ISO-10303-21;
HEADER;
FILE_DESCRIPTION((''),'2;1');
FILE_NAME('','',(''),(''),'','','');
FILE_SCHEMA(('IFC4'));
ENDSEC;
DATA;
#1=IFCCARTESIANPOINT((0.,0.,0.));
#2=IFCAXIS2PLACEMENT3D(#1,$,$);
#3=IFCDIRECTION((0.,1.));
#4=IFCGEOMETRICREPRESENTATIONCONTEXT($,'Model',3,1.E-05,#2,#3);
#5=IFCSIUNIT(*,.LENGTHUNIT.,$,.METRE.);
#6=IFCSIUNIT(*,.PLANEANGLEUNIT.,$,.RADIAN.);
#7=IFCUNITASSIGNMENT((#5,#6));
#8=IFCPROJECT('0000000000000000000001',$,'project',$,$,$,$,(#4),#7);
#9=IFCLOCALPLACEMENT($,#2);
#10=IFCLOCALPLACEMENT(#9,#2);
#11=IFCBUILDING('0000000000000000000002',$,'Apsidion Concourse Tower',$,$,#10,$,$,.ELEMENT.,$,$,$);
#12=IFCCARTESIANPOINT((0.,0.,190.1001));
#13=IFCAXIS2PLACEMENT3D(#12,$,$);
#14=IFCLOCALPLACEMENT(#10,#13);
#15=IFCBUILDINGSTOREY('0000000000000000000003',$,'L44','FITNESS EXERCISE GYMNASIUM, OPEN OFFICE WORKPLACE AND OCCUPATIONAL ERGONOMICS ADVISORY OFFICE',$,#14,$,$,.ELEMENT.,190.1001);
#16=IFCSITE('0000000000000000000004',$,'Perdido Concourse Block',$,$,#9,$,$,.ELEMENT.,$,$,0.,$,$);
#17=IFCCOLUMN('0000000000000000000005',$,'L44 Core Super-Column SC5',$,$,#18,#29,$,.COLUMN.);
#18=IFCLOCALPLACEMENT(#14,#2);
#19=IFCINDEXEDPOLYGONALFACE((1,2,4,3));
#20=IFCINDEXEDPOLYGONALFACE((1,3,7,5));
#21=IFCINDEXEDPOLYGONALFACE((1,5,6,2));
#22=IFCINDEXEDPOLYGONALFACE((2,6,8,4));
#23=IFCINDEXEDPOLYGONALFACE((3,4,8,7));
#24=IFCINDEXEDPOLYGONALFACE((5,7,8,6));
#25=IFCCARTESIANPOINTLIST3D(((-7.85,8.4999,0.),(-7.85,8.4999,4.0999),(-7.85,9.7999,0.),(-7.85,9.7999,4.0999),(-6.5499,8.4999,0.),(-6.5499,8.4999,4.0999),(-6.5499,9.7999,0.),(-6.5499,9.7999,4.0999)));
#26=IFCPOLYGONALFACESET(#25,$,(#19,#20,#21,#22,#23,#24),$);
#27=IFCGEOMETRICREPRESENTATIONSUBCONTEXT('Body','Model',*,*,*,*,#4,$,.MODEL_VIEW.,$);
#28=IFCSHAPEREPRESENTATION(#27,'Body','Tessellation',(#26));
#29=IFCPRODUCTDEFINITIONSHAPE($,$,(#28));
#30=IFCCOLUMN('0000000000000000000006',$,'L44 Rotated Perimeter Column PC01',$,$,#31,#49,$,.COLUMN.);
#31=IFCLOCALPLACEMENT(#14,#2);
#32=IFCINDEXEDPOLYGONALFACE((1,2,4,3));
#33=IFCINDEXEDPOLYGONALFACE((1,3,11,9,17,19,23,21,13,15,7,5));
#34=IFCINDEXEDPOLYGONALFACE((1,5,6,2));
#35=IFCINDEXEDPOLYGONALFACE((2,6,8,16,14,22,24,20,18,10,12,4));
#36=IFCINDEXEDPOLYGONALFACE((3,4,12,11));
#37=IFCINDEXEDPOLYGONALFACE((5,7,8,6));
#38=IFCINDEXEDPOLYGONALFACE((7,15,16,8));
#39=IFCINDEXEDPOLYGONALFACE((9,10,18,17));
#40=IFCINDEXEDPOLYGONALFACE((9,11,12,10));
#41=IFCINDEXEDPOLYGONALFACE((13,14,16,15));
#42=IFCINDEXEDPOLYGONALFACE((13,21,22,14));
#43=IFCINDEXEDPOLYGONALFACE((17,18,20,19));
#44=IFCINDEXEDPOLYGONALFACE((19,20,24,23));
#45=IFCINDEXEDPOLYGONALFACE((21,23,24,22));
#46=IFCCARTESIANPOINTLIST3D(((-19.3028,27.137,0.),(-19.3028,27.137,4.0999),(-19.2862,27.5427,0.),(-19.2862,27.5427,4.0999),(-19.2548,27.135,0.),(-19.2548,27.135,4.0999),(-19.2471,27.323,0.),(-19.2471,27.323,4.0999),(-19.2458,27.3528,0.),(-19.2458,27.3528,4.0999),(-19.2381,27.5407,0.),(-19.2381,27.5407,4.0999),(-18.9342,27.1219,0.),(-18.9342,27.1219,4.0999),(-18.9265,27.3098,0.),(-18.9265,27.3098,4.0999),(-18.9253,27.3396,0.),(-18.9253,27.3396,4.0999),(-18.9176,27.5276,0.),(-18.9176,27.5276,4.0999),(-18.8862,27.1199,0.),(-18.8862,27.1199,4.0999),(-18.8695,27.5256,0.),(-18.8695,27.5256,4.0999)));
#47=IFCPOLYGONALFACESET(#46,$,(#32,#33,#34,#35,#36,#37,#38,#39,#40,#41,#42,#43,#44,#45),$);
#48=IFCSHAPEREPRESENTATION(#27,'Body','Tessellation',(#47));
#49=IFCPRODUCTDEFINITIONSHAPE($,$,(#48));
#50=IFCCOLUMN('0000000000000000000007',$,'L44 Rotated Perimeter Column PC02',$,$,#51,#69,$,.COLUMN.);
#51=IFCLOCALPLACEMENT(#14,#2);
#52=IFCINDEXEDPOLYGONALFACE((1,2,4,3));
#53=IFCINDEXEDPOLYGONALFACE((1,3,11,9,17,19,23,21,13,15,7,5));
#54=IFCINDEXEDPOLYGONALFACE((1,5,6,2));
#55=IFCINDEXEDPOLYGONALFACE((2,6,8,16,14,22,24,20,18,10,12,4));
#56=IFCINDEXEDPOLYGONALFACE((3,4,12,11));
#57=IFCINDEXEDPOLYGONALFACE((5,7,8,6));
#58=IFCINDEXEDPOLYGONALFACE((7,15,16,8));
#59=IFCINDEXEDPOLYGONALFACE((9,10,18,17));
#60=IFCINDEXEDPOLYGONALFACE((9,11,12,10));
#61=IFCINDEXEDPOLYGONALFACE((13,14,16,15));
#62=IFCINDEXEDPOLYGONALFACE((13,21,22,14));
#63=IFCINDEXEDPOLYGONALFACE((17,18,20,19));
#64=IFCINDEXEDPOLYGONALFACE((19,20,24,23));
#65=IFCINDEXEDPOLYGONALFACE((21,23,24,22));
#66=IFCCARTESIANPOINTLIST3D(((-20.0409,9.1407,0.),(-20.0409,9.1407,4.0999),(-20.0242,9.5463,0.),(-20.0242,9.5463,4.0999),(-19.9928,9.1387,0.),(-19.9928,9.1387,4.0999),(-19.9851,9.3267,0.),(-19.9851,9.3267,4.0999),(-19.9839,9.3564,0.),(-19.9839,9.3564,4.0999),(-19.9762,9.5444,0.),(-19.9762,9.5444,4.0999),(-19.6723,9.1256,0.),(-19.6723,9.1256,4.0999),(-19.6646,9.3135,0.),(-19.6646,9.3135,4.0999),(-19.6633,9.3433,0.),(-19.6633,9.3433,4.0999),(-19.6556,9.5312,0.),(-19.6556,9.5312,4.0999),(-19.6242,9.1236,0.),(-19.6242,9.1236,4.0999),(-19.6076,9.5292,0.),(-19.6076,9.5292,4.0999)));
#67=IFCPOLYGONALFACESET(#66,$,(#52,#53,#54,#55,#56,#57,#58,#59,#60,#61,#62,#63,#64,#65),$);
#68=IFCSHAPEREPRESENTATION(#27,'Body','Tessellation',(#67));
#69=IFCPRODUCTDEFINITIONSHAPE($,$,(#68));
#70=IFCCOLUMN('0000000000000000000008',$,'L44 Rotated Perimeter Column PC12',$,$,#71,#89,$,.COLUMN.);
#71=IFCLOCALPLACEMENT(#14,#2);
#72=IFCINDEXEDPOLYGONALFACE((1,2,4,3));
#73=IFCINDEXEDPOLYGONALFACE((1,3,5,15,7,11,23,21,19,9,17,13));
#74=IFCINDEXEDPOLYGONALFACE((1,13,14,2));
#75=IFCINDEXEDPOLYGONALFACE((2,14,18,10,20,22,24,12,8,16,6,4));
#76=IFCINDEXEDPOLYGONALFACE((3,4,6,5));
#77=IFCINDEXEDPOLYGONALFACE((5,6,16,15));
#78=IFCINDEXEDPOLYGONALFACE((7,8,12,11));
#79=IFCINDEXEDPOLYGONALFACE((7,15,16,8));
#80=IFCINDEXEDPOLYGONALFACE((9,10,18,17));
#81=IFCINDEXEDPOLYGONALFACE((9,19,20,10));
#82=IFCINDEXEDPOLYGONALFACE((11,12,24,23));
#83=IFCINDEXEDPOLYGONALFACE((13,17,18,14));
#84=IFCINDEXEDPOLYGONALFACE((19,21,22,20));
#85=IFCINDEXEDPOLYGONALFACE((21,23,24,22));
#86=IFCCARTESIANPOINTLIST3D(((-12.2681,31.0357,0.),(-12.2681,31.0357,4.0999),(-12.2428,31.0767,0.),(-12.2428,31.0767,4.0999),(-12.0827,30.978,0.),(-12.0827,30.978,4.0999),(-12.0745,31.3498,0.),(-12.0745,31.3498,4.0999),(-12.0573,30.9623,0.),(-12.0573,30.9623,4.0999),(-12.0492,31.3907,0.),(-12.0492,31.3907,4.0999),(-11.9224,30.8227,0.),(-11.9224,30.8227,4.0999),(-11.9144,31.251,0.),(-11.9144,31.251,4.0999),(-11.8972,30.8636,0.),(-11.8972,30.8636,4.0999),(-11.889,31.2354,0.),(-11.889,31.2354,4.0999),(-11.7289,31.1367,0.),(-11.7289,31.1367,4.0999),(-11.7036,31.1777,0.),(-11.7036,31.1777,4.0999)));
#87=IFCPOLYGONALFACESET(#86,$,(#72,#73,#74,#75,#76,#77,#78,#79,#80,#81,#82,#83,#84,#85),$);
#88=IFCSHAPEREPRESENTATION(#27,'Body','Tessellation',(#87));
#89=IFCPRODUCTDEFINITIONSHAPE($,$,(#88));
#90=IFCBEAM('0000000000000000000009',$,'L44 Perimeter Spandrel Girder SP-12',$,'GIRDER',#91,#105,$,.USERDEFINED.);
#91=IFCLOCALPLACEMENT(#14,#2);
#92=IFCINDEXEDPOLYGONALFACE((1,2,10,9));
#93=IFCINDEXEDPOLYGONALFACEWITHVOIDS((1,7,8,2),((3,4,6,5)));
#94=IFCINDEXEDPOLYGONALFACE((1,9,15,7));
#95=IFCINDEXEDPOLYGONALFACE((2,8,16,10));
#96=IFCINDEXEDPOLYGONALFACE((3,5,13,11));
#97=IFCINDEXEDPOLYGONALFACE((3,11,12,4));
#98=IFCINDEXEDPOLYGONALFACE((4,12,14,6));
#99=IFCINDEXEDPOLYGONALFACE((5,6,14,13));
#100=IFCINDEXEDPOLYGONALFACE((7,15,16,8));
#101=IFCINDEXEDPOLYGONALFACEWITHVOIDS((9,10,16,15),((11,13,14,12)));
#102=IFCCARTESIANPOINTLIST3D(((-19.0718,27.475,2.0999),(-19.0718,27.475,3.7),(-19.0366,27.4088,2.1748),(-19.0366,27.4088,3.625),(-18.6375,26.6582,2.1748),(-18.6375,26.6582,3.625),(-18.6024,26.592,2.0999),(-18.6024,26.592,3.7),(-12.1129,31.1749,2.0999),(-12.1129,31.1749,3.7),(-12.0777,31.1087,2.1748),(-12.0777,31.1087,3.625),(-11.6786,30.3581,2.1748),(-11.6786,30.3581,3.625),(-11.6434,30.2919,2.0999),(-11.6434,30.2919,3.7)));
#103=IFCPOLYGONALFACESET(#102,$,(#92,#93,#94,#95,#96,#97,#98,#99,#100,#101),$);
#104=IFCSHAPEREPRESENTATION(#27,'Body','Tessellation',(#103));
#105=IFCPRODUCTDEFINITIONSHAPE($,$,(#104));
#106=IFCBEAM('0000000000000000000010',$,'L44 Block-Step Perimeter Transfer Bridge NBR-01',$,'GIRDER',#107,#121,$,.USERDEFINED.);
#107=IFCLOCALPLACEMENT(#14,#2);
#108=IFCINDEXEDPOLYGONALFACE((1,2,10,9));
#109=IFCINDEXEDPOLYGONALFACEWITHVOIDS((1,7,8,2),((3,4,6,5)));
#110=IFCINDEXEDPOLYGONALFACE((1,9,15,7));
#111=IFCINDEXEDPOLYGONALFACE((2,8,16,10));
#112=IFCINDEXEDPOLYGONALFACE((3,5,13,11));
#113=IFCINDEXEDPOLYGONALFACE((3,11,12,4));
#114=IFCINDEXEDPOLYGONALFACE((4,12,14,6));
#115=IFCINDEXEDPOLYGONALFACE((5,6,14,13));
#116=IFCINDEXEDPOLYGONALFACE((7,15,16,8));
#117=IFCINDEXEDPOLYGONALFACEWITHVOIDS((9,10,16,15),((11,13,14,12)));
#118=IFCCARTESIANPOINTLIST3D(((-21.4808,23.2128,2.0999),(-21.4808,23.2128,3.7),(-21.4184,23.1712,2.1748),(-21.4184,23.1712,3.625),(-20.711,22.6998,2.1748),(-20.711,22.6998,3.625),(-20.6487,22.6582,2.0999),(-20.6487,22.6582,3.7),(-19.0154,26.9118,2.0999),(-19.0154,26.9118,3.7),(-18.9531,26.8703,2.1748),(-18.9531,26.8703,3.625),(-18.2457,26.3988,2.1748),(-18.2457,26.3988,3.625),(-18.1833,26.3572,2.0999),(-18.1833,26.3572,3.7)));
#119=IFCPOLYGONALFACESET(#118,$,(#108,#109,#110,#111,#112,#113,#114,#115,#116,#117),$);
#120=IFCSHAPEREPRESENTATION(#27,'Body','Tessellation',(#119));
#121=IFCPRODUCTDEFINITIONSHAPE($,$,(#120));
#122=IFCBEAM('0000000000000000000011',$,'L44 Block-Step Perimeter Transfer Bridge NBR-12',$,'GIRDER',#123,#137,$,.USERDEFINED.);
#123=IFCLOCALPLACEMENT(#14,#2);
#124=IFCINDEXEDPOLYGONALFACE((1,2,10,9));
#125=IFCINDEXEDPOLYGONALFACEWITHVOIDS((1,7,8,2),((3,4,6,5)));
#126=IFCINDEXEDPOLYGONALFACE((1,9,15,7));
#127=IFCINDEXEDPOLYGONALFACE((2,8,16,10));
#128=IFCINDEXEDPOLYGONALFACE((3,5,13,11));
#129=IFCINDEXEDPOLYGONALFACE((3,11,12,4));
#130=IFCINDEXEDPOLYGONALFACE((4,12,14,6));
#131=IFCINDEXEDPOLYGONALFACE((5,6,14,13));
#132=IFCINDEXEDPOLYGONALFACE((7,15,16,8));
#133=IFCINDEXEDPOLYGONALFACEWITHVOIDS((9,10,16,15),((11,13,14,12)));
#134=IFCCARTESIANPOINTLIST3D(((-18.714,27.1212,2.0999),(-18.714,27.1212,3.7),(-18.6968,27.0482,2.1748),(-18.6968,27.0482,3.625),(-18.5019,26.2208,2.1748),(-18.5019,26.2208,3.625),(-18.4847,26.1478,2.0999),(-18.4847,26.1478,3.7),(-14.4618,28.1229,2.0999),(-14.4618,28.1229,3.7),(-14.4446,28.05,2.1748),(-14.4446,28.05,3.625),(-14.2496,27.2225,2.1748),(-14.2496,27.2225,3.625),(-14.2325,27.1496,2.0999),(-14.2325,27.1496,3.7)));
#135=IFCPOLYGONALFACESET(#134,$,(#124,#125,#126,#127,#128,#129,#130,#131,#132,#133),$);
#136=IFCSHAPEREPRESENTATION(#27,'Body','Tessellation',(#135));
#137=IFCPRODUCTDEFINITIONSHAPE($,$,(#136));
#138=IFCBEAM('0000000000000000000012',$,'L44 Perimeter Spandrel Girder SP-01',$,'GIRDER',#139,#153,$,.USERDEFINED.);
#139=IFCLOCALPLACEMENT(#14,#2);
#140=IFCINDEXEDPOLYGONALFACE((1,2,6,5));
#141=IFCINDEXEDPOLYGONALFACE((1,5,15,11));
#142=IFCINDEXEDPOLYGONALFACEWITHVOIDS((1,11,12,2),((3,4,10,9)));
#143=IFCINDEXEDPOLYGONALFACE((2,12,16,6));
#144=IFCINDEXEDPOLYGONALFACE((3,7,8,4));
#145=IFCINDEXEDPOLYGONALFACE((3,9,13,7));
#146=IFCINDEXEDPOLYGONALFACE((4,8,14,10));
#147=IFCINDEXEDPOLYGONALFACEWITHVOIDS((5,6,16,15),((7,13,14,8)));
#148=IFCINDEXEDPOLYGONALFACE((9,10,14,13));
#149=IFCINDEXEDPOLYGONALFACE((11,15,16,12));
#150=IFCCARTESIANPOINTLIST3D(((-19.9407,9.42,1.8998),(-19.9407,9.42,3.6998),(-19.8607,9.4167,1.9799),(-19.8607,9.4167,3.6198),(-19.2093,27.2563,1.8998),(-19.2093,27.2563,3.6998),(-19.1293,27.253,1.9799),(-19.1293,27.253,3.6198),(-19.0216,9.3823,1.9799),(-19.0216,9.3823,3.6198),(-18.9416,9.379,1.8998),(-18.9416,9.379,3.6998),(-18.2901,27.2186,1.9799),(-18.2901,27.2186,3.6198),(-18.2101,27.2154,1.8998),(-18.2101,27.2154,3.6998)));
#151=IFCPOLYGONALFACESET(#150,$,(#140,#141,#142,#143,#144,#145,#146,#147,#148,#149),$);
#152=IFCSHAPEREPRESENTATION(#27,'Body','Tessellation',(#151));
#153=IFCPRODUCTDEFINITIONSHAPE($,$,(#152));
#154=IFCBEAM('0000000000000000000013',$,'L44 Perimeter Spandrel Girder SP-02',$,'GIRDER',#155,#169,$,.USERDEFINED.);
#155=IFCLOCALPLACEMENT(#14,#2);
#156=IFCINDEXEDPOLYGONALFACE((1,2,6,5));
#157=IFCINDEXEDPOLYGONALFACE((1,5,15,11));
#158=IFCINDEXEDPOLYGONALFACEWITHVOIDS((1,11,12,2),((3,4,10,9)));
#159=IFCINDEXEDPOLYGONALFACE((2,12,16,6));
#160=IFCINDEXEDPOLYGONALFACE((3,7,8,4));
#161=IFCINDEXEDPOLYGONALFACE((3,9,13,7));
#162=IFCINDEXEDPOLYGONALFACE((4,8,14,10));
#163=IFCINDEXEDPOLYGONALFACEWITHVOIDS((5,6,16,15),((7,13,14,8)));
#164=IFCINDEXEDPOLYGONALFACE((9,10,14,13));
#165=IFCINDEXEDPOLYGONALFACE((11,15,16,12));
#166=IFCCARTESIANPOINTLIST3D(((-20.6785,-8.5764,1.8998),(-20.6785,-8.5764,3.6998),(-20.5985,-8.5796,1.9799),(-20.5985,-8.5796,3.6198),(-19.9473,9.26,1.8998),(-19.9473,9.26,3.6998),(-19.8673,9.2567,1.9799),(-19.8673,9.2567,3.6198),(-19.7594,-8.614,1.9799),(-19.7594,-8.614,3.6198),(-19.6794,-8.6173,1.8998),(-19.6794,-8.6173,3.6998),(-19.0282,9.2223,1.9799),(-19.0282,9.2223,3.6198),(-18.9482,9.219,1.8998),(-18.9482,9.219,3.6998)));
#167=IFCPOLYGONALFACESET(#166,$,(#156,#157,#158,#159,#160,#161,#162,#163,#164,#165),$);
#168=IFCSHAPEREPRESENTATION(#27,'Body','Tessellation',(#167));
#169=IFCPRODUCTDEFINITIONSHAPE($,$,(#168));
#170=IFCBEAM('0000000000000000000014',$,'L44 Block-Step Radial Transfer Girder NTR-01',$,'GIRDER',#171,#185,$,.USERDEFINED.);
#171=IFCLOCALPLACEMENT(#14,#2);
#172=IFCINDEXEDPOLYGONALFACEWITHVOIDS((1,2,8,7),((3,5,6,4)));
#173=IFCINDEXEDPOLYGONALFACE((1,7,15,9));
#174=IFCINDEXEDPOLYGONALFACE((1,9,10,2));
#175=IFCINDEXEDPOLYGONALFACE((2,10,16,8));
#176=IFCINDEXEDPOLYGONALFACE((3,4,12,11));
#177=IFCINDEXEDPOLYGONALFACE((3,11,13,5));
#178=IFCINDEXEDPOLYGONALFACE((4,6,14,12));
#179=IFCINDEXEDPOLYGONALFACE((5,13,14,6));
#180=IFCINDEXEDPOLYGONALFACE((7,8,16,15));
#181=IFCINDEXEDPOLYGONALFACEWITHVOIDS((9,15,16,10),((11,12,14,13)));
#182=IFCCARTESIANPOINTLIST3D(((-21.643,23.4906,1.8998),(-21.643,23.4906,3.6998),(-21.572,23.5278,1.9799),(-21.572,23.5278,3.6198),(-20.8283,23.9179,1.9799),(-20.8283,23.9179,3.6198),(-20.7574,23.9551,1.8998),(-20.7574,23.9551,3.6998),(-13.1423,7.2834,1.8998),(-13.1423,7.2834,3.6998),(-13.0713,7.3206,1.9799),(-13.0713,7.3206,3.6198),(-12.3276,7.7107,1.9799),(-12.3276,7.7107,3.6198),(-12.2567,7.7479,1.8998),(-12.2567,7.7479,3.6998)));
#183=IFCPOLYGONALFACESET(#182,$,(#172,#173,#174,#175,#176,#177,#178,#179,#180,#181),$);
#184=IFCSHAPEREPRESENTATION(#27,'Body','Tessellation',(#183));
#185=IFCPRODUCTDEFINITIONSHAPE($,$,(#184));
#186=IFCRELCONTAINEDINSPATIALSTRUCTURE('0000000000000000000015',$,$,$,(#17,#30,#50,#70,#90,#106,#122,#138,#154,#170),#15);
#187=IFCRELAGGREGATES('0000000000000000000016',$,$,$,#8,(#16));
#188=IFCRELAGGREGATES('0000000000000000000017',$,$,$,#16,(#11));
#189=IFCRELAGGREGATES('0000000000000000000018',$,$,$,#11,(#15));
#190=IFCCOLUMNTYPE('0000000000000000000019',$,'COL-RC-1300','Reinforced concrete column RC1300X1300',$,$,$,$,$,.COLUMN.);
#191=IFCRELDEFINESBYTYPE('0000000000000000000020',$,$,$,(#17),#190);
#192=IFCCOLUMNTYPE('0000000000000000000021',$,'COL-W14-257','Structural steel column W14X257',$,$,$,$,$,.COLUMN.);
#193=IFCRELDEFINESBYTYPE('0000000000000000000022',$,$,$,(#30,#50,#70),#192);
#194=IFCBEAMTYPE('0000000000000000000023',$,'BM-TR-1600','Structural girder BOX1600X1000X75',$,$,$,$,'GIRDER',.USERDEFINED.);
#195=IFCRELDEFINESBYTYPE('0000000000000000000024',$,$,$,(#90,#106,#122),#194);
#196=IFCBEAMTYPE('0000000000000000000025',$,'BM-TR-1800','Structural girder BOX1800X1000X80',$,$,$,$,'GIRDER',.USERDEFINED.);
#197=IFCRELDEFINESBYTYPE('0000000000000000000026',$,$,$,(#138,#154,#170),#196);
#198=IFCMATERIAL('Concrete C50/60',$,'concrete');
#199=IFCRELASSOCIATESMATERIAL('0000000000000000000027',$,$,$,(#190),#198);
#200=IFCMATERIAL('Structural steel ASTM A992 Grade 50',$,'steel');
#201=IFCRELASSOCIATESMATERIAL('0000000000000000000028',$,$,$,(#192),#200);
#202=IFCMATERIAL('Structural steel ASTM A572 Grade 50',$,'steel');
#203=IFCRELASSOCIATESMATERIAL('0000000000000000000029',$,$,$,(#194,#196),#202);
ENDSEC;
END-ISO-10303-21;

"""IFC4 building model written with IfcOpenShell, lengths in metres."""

from ifc_helpers import new_model, si_unit, direction, frame, origin, origin_2d, place, context, subcontext, project, spatial, rectangle, hollow_rectangle, i_section, extrude, material, material_profile, profile_set, type_object, element, save


model = new_model("IFC4")

# Units and contexts
model_context = context("Model", 3, precision=1e-05, world=origin(), true_north=direction((0.0, 1.0)))
body_context = subcontext(model_context, "Body", "Model", "MODEL_VIEW")
ifc_project = project(units=[si_unit("LENGTHUNIT", "METRE"), si_unit("PLANEANGLEUNIT", "RADIAN")], contexts=[model_context])

# Site, building, storey
site_placement = place(None, origin())
site = spatial("IfcSite", under=ifc_project, at=site_placement, Name="Perdido Concourse Block", CompositionType="ELEMENT", RefElevation=0.0)
building_placement = place(site_placement, origin())
building = spatial("IfcBuilding", under=site, at=building_placement, Name="Apsidion Concourse Tower", CompositionType="ELEMENT")
storey_placement = place(building_placement, frame((0.0, 0.0, 190.1001)))
storey = spatial("IfcBuildingStorey", under=building, at=storey_placement, Name="L44", Description="FITNESS EXERCISE GYMNASIUM, OPEN OFFICE WORKPLACE AND OCCUPATIONAL ERGONOMICS ADVISORY OFFICE", CompositionType="ELEMENT", Elevation=190.1001)

# Columns
ifc_material_1 = material(Name="Concrete C50/60", Category="concrete")
ifc_material_profile_1 = material_profile(ifc_material_1, rectangle(XDim=1.3, YDim=1.3, at=origin_2d()), Name="RC 1300x1300")
ifc_profile_set_1 = profile_set([ifc_material_profile_1], Name="Concrete C50/60")
column_type_1 = type_object("IfcColumnType", Name="COL-RC-1300", Description="Reinforced concrete column RC1300X1300", PredefinedType="COLUMN", material=ifc_profile_set_1)
column_placement = place(storey_placement, frame((-7.2, 9.1499, 0.0), z_axis=(0.0, 0.0, 1.0), x_axis=(1.0, 0.0, 0.0)))
element("IfcColumn", 1, at=column_placement, inside=storey, type_object=column_type_1, Name="L44 Core Super-Column SC5", PredefinedType="COLUMN", context=body_context, shape_type="SweptSolid", body=[
    extrude(rectangle(XDim=1.3, YDim=1.3, at=origin_2d()), origin(), (0.0, 0.0, 1.0), 4.0999),
])
ifc_material_2 = material(Name="Structural steel ASTM A992 Grade 50", Category="steel")
ifc_material_profile_2 = material_profile(ifc_material_2, i_section(OverallWidth=0.406, OverallDepth=0.417, WebThickness=0.0298, FlangeThickness=0.0481, at=origin_2d()), Name="W14X257")
ifc_profile_set_2 = profile_set([ifc_material_profile_2], Name="Structural steel ASTM A992 Grade 50")
column_type_2 = type_object("IfcColumnType", Name="COL-W14-257", Description="Structural steel column W14X257", PredefinedType="COLUMN", material=ifc_profile_set_2)
for number, where, z_axis, x_axis, name in (
    (2, (-19.0862, 27.3313, 0.0), (0.0, 0.0, 1.0), (0.041004, 0.999159, 0.0), "L44 Rotated Perimeter Column PC01"),
    (3, (-19.8242, 9.335, 0.0), (0.0, 0.0, 1.0), (0.041004, 0.999159, 0.0), "L44 Rotated Perimeter Column PC02"),
    (4, (-11.9858, 31.1067, 0.0), (0.0, 0.0, 1.0), (-0.851269, 0.524729, 0.0), "L44 Rotated Perimeter Column PC12"),
):
    element("IfcColumn", number, at=place(storey_placement, frame(where, z_axis=z_axis, x_axis=x_axis)), inside=storey, type_object=column_type_2, Name=name, PredefinedType="COLUMN", context=body_context, shape_type="SweptSolid", body=[
        extrude(i_section(OverallWidth=0.406, OverallDepth=0.417, WebThickness=0.0298, FlangeThickness=0.0481, at=origin_2d()), origin(), (0.0, 0.0, 1.0), 4.0999),
    ])

# Beams
ifc_material_3 = material(Name="Structural steel ASTM A572 Grade 50", Category="steel")
ifc_material_profile_3 = material_profile(ifc_material_3, hollow_rectangle(XDim=1.0, YDim=1.6001, WallThickness=0.075, at=origin_2d()), Name="BOX1600X1000X75")
ifc_profile_set_3 = profile_set([ifc_material_profile_3], Name="Structural steel ASTM A572 Grade 50")
beam_type_1 = type_object("IfcBeamType", Name="BM-TR-1600", Description="Structural girder BOX1600X1000X75", ElementType="GIRDER", PredefinedType="USERDEFINED", material=ifc_profile_set_3)
beam_1_placement = place(storey_placement, frame((-11.8782, 30.7334, 2.8999), z_axis=(-0.882958, -0.469451, 0.0), x_axis=(0.469451, -0.882958, 0.0)))
element("IfcBeam", 5, at=beam_1_placement, inside=storey, type_object=beam_type_1, Name="L44 Perimeter Spandrel Girder SP-12", ObjectType="GIRDER", PredefinedType="USERDEFINED", context=body_context, shape_type="SweptSolid", body=[
    extrude(hollow_rectangle(XDim=1.0, YDim=1.6001, WallThickness=0.075, at=origin_2d()), origin(), (0.0, 0.0, 1.0), 7.8813),
])
beam_2_placement = place(storey_placement, frame((-18.5994, 26.6345, 2.8999), z_axis=(-0.554599, -0.832118, 0.0), x_axis=(0.832118, -0.554599, 0.0)))
element("IfcBeam", 6, at=beam_2_placement, inside=storey, type_object=beam_type_1, Name="L44 Block-Step Perimeter Transfer Bridge NBR-01", ObjectType="GIRDER", PredefinedType="USERDEFINED", context=body_context, shape_type="SweptSolid", body=[
    extrude(hollow_rectangle(XDim=1.0, YDim=1.6001, WallThickness=0.075, at=origin_2d()), origin(), (0.0, 0.0, 1.0), 4.4453),
])
beam_3_placement = place(storey_placement, frame((-18.5994, 26.6345, 2.8999), z_axis=(0.973356, 0.229298, 0.0), x_axis=(-0.229298, 0.973356, 0.0)))
element("IfcBeam", 7, at=beam_3_placement, inside=storey, type_object=beam_type_1, Name="L44 Block-Step Perimeter Transfer Bridge NBR-12", ObjectType="GIRDER", PredefinedType="USERDEFINED", context=body_context, shape_type="SweptSolid", body=[
    extrude(hollow_rectangle(XDim=1.0, YDim=1.6001, WallThickness=0.075, at=origin_2d()), origin(), (0.0, 0.0, 1.0), 4.3687),
])
ifc_material_profile_4 = material_profile(ifc_material_3, hollow_rectangle(XDim=1.0, YDim=1.8, WallThickness=0.0801, at=origin_2d()), Name="BOX1800X1000X80")
ifc_profile_set_4 = profile_set([ifc_material_profile_4], Name="Structural steel ASTM A572 Grade 50")
beam_type_2 = type_object("IfcBeamType", Name="BM-TR-1800", Description="Structural girder BOX1800X1000X80", ElementType="GIRDER", PredefinedType="USERDEFINED", material=ifc_profile_set_4)
for number, where, z_axis, x_axis, name in (
    (8, (-18.7097, 27.2358, 2.7998), (-0.040974, -0.99916, 0.0), (0.99916, -0.040974, 0.0), "L44 Perimeter Spandrel Girder SP-01"),
    (9, (-19.4478, 9.2395, 2.7998), (-0.04096, -0.999161, 0.0), (0.999161, -0.04096, 0.0), "L44 Perimeter Spandrel Girder SP-02"),
):
    element("IfcBeam", number, at=place(storey_placement, frame(where, z_axis=z_axis, x_axis=x_axis)), inside=storey, type_object=beam_type_2, Name=name, ObjectType="GIRDER", PredefinedType="USERDEFINED", context=body_context, shape_type="SweptSolid", body=[
        extrude(hollow_rectangle(XDim=1.0, YDim=1.8, WallThickness=0.0801, at=origin_2d()), origin(), (0.0, 0.0, 1.0), 17.8513),
    ])
beam_4_placement = place(storey_placement, frame((-12.6995, 7.5156, 2.7998), z_axis=(-0.464487, 0.88558, 0.0), x_axis=(-0.88558, -0.464487, 0.0)))
element("IfcBeam", 10, at=beam_4_placement, inside=storey, type_object=beam_type_2, Name="L44 Block-Step Radial Transfer Girder NTR-01", ObjectType="GIRDER", PredefinedType="USERDEFINED", context=body_context, shape_type="SweptSolid", body=[
    extrude(hollow_rectangle(XDim=1.0, YDim=1.8, WallThickness=0.0801, at=origin_2d()), origin(), (0.0, 0.0, 1.0), 18.3013),
])

save(model, "model.ifc")
